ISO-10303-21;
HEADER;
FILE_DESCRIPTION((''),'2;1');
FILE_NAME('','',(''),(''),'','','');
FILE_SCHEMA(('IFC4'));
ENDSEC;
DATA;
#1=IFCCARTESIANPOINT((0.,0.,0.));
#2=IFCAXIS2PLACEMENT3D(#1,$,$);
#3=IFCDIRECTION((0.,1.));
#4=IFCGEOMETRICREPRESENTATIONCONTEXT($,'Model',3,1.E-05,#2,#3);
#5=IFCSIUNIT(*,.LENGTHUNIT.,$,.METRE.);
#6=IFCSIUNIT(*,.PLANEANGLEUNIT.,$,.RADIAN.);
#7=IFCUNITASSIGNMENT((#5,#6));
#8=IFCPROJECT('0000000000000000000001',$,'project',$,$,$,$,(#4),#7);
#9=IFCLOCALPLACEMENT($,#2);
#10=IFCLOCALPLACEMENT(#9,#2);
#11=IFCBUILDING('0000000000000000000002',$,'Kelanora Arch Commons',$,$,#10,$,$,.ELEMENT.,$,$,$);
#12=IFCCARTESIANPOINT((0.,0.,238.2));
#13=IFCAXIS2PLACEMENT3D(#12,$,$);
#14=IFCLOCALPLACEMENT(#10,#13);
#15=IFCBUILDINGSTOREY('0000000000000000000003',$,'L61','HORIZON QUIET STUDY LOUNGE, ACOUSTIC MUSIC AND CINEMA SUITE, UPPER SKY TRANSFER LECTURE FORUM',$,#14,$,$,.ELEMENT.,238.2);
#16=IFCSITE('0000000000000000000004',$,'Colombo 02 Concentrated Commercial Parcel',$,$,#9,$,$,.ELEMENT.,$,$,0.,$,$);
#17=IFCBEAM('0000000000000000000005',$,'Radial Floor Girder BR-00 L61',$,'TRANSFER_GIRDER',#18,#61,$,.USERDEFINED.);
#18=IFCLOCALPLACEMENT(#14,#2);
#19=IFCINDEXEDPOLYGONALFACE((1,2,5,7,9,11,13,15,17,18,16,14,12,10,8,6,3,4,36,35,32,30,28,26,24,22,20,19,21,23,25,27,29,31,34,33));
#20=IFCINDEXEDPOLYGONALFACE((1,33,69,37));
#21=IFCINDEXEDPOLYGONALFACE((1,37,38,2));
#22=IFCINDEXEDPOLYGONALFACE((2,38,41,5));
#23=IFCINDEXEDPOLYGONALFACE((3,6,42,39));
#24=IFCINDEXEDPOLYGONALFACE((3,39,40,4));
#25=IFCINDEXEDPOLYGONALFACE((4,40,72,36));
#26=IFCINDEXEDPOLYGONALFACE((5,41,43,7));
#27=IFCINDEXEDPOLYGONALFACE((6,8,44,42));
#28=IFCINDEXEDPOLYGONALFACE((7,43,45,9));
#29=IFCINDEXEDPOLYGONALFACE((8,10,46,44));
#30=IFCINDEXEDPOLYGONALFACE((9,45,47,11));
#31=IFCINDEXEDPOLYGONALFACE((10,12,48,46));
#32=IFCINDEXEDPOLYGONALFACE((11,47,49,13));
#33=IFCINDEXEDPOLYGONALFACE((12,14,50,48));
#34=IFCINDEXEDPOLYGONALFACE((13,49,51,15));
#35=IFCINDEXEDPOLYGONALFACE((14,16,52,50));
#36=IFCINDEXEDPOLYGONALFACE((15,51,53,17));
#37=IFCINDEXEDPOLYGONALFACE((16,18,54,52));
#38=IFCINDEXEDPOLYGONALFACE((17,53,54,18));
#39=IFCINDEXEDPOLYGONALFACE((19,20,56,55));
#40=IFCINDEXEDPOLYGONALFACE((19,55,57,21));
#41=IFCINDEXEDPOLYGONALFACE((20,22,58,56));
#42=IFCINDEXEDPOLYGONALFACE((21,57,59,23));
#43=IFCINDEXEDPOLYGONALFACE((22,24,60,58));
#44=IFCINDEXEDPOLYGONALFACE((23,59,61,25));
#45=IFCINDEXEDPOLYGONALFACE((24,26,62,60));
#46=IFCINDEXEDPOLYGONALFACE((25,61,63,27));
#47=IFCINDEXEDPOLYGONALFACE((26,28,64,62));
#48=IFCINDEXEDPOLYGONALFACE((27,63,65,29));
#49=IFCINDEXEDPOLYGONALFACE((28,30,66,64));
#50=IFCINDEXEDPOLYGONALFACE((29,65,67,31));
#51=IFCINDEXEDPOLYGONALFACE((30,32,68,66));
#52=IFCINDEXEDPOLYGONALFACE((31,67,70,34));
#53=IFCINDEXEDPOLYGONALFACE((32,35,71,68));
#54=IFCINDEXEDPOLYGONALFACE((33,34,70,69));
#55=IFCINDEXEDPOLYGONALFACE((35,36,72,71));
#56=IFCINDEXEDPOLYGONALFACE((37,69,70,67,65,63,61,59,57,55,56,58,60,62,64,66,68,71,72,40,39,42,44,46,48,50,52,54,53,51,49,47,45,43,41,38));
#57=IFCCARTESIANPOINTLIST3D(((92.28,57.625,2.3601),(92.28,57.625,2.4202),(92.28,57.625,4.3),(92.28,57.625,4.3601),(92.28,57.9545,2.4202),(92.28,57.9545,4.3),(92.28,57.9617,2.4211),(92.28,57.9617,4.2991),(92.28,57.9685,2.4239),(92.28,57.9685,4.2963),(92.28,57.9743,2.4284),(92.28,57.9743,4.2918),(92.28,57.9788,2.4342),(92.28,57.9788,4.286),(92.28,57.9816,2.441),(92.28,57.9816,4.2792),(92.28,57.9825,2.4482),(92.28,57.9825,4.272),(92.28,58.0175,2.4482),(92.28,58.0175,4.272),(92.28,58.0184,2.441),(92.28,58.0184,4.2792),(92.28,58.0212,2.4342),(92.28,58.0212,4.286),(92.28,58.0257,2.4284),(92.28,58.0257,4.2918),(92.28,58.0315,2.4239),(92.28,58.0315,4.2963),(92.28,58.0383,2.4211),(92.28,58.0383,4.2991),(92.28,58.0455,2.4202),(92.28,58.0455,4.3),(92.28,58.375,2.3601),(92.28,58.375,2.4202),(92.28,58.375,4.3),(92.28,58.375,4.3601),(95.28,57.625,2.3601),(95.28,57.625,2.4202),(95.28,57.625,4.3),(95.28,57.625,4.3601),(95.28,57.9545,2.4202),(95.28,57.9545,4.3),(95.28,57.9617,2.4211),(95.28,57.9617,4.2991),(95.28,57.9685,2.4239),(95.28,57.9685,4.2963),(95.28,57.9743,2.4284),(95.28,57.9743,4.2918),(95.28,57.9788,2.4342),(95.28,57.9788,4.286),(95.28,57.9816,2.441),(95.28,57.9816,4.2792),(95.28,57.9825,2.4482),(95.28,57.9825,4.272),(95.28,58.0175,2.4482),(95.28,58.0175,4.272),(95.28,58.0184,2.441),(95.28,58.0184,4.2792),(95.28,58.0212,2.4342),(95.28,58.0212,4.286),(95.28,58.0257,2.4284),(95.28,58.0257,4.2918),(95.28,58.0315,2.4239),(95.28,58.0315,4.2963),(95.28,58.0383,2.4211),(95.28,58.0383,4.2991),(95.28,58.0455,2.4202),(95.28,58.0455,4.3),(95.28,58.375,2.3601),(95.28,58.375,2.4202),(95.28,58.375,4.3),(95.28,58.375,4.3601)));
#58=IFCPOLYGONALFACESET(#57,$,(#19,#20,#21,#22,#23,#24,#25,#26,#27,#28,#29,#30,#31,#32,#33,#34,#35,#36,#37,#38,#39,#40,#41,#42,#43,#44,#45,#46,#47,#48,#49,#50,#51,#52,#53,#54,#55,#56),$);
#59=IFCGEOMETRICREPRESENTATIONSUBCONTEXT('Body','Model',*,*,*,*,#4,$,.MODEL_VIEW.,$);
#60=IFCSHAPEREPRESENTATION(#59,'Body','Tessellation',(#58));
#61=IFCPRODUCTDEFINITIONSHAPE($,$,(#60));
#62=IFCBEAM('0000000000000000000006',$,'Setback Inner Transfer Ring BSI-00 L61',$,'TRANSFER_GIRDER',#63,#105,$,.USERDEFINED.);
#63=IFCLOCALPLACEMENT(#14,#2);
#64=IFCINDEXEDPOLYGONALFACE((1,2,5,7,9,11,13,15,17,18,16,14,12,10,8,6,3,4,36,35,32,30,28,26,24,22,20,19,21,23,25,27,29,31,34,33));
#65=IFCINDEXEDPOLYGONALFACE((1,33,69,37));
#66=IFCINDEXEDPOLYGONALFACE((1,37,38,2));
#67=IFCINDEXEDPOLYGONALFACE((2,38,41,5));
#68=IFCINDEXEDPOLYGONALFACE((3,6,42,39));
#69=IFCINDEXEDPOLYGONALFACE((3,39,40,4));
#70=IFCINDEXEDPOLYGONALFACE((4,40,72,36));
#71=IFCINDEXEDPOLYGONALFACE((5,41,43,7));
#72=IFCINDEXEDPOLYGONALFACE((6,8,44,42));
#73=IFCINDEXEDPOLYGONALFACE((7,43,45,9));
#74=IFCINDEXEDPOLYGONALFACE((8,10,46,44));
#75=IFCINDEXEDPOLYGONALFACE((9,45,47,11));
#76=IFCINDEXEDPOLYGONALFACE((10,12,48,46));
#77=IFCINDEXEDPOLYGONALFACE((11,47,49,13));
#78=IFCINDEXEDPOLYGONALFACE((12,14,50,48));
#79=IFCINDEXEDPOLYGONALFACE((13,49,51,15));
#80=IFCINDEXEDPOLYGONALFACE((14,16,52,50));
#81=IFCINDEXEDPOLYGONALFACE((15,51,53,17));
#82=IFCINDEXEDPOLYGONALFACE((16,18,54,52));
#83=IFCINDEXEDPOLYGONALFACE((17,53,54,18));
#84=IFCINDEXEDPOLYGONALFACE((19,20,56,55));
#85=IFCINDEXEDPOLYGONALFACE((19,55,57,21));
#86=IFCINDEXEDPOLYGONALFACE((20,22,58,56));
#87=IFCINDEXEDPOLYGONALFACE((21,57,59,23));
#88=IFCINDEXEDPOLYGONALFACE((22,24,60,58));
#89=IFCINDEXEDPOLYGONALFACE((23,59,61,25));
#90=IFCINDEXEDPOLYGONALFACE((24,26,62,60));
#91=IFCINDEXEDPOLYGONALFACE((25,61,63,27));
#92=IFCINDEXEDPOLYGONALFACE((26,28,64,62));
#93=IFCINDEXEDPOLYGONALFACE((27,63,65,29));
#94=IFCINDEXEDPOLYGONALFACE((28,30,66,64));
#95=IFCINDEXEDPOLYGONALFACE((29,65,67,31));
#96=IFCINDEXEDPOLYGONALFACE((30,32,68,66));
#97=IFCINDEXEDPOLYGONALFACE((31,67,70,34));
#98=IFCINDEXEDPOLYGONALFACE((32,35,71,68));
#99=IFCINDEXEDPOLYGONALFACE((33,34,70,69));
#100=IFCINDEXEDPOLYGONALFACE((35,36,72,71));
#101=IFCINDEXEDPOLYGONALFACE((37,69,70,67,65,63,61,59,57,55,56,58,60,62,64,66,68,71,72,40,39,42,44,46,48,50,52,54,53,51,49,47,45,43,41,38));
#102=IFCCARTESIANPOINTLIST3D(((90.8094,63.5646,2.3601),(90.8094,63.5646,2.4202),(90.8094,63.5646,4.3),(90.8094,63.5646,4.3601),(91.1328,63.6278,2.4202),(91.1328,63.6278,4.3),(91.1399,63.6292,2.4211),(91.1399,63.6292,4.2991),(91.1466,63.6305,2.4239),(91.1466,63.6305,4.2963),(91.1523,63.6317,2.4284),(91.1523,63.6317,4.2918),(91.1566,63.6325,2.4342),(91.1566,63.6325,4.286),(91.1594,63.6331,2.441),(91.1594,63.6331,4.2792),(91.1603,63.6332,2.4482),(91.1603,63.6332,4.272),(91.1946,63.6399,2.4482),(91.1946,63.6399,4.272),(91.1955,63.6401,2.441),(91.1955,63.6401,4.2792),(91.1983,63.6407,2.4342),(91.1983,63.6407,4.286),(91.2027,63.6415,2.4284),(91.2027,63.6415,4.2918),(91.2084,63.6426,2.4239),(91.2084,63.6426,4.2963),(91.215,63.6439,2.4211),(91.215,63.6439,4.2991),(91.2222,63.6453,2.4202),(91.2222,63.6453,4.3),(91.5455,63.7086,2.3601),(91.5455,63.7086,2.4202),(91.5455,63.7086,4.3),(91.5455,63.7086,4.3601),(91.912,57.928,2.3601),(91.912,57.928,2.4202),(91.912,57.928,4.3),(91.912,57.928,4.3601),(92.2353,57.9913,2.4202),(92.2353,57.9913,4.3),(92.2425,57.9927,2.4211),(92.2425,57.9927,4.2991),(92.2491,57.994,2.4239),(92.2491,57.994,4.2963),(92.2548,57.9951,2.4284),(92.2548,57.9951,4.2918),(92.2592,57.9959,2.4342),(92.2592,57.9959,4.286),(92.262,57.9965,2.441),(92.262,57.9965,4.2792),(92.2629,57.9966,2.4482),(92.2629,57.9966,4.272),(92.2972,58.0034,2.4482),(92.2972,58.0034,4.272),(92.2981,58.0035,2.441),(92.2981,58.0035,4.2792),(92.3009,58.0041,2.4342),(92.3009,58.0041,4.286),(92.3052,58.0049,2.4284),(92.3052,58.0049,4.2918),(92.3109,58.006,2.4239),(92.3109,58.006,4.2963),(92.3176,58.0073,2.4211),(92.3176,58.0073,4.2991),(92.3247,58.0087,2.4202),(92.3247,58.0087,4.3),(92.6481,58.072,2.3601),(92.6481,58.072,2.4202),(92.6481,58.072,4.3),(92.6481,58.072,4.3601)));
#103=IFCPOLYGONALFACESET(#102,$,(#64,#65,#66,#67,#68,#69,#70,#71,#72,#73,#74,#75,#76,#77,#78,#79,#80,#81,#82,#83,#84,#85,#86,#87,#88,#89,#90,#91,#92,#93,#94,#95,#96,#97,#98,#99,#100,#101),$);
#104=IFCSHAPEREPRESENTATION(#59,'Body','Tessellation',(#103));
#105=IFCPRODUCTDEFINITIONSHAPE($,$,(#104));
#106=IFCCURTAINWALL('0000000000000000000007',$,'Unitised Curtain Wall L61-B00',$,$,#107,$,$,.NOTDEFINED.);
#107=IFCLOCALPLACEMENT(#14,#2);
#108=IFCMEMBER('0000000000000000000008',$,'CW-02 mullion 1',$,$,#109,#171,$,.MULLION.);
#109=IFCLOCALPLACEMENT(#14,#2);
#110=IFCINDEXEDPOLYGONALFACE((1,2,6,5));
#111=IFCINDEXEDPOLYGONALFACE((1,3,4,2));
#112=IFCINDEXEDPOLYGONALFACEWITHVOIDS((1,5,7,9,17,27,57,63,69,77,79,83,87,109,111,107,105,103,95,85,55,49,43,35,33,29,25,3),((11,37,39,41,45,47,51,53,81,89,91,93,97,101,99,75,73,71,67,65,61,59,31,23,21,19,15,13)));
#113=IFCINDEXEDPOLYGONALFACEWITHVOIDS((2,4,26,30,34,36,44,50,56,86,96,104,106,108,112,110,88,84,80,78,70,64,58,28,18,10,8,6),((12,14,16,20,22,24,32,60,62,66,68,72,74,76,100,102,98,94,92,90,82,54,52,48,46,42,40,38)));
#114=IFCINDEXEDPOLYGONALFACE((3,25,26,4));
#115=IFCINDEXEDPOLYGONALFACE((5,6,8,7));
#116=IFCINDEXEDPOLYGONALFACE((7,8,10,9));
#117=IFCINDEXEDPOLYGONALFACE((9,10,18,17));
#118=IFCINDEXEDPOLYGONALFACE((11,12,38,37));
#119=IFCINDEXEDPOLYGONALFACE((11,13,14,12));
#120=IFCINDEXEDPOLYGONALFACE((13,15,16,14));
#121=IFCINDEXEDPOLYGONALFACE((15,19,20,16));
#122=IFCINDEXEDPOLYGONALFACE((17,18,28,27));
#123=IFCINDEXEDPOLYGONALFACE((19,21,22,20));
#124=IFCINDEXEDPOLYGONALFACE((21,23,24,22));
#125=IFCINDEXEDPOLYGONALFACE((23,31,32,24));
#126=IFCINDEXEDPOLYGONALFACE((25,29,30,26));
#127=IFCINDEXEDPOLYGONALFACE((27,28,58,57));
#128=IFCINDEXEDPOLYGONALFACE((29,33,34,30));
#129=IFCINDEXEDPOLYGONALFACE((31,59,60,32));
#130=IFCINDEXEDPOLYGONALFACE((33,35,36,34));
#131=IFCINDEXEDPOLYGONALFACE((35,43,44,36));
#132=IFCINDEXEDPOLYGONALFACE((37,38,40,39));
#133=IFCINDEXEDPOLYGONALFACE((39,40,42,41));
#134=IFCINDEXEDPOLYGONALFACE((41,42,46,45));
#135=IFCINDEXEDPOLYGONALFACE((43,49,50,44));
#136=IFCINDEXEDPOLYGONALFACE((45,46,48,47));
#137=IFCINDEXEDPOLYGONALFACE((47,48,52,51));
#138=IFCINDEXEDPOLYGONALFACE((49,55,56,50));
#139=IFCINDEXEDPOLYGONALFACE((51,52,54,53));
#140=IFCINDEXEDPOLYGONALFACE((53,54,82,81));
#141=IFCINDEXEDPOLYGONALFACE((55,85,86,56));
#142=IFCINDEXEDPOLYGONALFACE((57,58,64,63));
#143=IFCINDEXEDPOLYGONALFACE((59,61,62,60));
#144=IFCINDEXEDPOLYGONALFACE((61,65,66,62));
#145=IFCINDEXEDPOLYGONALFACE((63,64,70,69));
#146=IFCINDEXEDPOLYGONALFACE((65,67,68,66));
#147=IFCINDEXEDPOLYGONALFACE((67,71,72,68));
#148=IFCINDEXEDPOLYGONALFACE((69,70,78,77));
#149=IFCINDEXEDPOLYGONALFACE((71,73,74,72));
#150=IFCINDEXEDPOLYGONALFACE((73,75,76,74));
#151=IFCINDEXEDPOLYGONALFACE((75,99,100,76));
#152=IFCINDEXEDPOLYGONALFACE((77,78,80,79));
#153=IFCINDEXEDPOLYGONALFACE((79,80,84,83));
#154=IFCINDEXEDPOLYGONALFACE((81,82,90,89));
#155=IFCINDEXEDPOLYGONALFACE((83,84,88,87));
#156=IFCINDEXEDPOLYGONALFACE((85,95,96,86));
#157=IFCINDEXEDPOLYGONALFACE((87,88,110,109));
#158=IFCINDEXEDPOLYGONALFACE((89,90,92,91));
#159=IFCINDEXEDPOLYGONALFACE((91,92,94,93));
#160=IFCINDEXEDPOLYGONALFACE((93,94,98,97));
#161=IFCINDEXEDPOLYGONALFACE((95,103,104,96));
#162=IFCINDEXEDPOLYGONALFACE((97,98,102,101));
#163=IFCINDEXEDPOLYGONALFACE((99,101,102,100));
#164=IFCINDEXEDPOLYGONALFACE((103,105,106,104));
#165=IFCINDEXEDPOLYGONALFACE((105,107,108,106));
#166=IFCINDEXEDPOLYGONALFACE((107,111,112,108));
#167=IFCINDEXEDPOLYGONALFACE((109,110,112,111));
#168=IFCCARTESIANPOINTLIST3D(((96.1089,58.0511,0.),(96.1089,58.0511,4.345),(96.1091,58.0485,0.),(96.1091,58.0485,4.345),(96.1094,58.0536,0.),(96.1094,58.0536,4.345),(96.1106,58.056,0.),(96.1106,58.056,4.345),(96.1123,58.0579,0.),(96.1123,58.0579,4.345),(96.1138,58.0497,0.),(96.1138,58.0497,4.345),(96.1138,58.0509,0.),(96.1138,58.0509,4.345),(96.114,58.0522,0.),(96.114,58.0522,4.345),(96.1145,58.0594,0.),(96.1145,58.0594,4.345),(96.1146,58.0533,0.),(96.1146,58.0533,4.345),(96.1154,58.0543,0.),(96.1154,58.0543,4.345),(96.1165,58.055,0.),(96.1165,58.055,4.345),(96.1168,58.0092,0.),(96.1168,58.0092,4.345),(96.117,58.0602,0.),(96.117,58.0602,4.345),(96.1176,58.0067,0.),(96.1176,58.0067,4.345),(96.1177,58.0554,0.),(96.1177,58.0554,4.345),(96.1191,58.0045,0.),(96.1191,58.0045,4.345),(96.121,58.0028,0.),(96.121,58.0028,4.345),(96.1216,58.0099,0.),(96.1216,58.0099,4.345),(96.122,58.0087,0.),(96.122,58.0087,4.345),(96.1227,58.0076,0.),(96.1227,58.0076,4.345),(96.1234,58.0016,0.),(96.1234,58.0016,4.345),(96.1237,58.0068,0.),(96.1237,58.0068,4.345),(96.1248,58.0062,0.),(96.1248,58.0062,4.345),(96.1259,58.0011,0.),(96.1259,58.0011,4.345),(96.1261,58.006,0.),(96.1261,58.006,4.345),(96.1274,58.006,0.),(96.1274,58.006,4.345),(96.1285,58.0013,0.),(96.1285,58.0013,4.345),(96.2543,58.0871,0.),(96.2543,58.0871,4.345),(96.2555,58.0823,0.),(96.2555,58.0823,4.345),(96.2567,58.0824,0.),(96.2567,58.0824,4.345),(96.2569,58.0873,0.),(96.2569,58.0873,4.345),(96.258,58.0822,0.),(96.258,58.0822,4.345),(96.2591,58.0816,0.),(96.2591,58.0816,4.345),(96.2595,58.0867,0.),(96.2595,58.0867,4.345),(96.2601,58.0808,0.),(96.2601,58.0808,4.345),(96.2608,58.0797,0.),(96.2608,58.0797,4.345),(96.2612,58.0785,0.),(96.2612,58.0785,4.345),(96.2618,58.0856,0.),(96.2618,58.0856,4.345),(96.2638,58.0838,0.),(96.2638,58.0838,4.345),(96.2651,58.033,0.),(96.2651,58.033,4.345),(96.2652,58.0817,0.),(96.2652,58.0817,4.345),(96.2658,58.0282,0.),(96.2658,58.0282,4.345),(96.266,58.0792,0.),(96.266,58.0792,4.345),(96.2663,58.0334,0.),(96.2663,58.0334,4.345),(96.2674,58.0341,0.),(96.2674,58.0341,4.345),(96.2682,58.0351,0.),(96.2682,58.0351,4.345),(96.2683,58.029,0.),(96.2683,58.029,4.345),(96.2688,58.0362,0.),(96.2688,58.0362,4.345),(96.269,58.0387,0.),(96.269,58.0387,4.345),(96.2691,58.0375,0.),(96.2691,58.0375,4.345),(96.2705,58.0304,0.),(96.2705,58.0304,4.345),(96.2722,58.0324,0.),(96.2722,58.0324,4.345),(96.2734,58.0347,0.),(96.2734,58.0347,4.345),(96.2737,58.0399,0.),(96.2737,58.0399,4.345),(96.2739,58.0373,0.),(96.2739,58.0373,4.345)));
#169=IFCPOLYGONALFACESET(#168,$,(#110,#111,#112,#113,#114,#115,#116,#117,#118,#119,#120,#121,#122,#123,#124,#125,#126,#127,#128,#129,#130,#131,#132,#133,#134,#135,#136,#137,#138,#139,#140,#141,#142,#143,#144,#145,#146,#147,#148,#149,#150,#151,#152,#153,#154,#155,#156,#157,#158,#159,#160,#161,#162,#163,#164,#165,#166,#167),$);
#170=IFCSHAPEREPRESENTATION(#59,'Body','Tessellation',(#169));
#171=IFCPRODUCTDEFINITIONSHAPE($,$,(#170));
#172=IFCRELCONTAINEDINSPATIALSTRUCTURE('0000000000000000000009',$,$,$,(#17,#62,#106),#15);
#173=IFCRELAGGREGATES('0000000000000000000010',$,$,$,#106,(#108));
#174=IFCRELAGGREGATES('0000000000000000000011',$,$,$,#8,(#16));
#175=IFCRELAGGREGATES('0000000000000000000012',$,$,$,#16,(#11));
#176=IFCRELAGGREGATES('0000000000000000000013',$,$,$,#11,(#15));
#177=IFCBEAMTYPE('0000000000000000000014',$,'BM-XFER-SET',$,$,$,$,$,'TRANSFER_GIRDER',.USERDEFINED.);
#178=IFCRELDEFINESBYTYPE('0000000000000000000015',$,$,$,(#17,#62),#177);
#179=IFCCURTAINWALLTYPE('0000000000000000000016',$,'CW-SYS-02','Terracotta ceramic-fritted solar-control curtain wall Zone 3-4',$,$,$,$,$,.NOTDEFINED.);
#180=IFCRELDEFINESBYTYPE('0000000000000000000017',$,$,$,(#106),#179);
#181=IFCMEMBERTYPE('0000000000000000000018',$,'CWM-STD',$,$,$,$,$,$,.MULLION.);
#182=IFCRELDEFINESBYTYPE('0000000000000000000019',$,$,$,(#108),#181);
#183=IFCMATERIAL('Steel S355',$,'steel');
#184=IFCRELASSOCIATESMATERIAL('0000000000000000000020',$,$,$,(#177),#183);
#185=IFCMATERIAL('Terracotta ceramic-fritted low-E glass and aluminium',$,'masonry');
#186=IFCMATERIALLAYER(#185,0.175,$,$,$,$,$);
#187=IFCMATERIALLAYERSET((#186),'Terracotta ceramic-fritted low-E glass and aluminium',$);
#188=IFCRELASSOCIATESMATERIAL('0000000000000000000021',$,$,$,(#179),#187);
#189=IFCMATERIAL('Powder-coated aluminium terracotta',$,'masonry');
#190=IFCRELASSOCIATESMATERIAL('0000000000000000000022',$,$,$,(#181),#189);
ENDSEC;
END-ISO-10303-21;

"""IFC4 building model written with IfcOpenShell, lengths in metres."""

from ifc_helpers import new_model, si_unit, direction, frame, origin, origin_2d, place, context, subcontext, project, spatial, hollow_rectangle, i_section, extrude, material, layer, layer_set, material_profile, profile_set, type_object, element, aggregate, save


model = new_model("IFC4")

# Units and contexts
model_context = context("Model", 3, precision=1e-05, world=origin(), true_north=direction((0.0, 1.0)))
body_context = subcontext(model_context, "Body", "Model", "MODEL_VIEW")
ifc_project = project(units=[si_unit("LENGTHUNIT", "METRE"), si_unit("PLANEANGLEUNIT", "RADIAN")], contexts=[model_context])

# Site, building, storey
site_placement = place(None, origin())
site = spatial("IfcSite", under=ifc_project, at=site_placement, Name="Colombo 02 Concentrated Commercial Parcel", CompositionType="ELEMENT", RefElevation=0.0)
building_placement = place(site_placement, origin())
building = spatial("IfcBuilding", under=site, at=building_placement, Name="Kelanora Arch Commons", CompositionType="ELEMENT")
storey_placement = place(building_placement, frame((0.0, 0.0, 238.2)))
storey = spatial("IfcBuildingStorey", under=building, at=storey_placement, Name="L61", Description="HORIZON QUIET STUDY LOUNGE, ACOUSTIC MUSIC AND CINEMA SUITE, UPPER SKY TRANSFER LECTURE FORUM", CompositionType="ELEMENT", Elevation=238.2)

# Beams
ifc_material_1 = material(Name="Steel S355", Category="steel")
ifc_material_profile_1 = material_profile(ifc_material_1, i_section(OverallWidth=0.75, OverallDepth=2.0, WebThickness=0.0349, FlangeThickness=0.0601, FilletRadius=0.0281, at=origin_2d()), Name="PG2000x750")
ifc_profile_set_1 = profile_set([ifc_material_profile_1], Name="Steel S355")
beam_type_1 = type_object("IfcBeamType", Name="BM-XFER-SET", ElementType="TRANSFER_GIRDER", PredefinedType="USERDEFINED", material=ifc_profile_set_1)
beam_1_placement = place(storey_placement, frame((92.28, 58.0, 3.3601), z_axis=(1.0, 0.0, 0.0), x_axis=(0.0, 1.0, 0.0)))
element("IfcBeam", 1, at=beam_1_placement, inside=storey, type_object=beam_type_1, Name="Radial Floor Girder BR-00 L61", ObjectType="TRANSFER_GIRDER", PredefinedType="USERDEFINED", context=body_context, shape_type="SweptSolid", body=[
    extrude(i_section(OverallWidth=0.75, OverallDepth=2.0, WebThickness=0.0349, FlangeThickness=0.0601, FilletRadius=0.0281, at=origin_2d()), origin(), (0.0, 0.0, 1.0), 3.0),
])
beam_2_placement = place(storey_placement, frame((92.28, 58.0, 3.3601), z_axis=(-0.19197, 0.981401, 0.0), x_axis=(-0.981401, -0.19197, 0.0)))
element("IfcBeam", 2, at=beam_2_placement, inside=storey, type_object=beam_type_1, Name="Setback Inner Transfer Ring BSI-00 L61", ObjectType="TRANSFER_GIRDER", PredefinedType="USERDEFINED", context=body_context, shape_type="SweptSolid", body=[
    extrude(i_section(OverallWidth=0.75, OverallDepth=2.0, WebThickness=0.0349, FlangeThickness=0.0601, FilletRadius=0.0281, at=origin_2d()), origin(), (0.0, 0.0, 1.0), 5.7434),
])

# Curtain wall, member
ifc_material_2 = material(Name="Terracotta ceramic-fritted low-E glass and aluminium", Category="masonry")
ifc_layer_1 = layer(ifc_material_2, 0.175)
ifc_layer_set_1 = layer_set([ifc_layer_1], Name="Terracotta ceramic-fritted low-E glass and aluminium")
curtain_wall_type = type_object("IfcCurtainWallType", Name="CW-SYS-02", Description="Terracotta ceramic-fritted solar-control curtain wall Zone 3-4", PredefinedType="NOTDEFINED", material=ifc_layer_set_1)
curtain_wall_placement = place(storey_placement, origin())
curtain_wall = element("IfcCurtainWall", 3, at=curtain_wall_placement, inside=storey, type_object=curtain_wall_type, Name="Unitised Curtain Wall L61-B00", PredefinedType="NOTDEFINED")
ifc_material_3 = material(Name="Powder-coated aluminium terracotta", Category="masonry")
ifc_material_profile_2 = material_profile(ifc_material_3, hollow_rectangle(XDim=0.1599, YDim=0.0601, WallThickness=0.0049, InnerFilletRadius=0.0049, OuterFilletRadius=0.01, at=origin_2d()), Name="CWM160x60")
ifc_profile_set_2 = profile_set([ifc_material_profile_2], Name="Powder-coated aluminium terracotta")
member_type_1 = type_object("IfcMemberType", Name="CWM-STD", PredefinedType="MULLION", material=ifc_profile_set_2)
member_1_placement = place(storey_placement, frame((96.1914, 58.0442, 0.0), z_axis=(0.0, 0.0, 1.0), x_axis=(-0.981381, -0.192069, 0.0)))
member_1 = element("IfcMember", 4, at=member_1_placement, type_object=member_type_1, Name="CW-02 mullion 1", PredefinedType="MULLION", context=body_context, shape_type="SweptSolid", body=[
    extrude(hollow_rectangle(XDim=0.1599, YDim=0.0601, WallThickness=0.0049, InnerFilletRadius=0.0049, OuterFilletRadius=0.01, at=origin_2d()), origin(), (0.0, 0.0, 1.0), 4.345),
])
aggregate(curtain_wall, [member_1])

save(model, "model.ifc")
